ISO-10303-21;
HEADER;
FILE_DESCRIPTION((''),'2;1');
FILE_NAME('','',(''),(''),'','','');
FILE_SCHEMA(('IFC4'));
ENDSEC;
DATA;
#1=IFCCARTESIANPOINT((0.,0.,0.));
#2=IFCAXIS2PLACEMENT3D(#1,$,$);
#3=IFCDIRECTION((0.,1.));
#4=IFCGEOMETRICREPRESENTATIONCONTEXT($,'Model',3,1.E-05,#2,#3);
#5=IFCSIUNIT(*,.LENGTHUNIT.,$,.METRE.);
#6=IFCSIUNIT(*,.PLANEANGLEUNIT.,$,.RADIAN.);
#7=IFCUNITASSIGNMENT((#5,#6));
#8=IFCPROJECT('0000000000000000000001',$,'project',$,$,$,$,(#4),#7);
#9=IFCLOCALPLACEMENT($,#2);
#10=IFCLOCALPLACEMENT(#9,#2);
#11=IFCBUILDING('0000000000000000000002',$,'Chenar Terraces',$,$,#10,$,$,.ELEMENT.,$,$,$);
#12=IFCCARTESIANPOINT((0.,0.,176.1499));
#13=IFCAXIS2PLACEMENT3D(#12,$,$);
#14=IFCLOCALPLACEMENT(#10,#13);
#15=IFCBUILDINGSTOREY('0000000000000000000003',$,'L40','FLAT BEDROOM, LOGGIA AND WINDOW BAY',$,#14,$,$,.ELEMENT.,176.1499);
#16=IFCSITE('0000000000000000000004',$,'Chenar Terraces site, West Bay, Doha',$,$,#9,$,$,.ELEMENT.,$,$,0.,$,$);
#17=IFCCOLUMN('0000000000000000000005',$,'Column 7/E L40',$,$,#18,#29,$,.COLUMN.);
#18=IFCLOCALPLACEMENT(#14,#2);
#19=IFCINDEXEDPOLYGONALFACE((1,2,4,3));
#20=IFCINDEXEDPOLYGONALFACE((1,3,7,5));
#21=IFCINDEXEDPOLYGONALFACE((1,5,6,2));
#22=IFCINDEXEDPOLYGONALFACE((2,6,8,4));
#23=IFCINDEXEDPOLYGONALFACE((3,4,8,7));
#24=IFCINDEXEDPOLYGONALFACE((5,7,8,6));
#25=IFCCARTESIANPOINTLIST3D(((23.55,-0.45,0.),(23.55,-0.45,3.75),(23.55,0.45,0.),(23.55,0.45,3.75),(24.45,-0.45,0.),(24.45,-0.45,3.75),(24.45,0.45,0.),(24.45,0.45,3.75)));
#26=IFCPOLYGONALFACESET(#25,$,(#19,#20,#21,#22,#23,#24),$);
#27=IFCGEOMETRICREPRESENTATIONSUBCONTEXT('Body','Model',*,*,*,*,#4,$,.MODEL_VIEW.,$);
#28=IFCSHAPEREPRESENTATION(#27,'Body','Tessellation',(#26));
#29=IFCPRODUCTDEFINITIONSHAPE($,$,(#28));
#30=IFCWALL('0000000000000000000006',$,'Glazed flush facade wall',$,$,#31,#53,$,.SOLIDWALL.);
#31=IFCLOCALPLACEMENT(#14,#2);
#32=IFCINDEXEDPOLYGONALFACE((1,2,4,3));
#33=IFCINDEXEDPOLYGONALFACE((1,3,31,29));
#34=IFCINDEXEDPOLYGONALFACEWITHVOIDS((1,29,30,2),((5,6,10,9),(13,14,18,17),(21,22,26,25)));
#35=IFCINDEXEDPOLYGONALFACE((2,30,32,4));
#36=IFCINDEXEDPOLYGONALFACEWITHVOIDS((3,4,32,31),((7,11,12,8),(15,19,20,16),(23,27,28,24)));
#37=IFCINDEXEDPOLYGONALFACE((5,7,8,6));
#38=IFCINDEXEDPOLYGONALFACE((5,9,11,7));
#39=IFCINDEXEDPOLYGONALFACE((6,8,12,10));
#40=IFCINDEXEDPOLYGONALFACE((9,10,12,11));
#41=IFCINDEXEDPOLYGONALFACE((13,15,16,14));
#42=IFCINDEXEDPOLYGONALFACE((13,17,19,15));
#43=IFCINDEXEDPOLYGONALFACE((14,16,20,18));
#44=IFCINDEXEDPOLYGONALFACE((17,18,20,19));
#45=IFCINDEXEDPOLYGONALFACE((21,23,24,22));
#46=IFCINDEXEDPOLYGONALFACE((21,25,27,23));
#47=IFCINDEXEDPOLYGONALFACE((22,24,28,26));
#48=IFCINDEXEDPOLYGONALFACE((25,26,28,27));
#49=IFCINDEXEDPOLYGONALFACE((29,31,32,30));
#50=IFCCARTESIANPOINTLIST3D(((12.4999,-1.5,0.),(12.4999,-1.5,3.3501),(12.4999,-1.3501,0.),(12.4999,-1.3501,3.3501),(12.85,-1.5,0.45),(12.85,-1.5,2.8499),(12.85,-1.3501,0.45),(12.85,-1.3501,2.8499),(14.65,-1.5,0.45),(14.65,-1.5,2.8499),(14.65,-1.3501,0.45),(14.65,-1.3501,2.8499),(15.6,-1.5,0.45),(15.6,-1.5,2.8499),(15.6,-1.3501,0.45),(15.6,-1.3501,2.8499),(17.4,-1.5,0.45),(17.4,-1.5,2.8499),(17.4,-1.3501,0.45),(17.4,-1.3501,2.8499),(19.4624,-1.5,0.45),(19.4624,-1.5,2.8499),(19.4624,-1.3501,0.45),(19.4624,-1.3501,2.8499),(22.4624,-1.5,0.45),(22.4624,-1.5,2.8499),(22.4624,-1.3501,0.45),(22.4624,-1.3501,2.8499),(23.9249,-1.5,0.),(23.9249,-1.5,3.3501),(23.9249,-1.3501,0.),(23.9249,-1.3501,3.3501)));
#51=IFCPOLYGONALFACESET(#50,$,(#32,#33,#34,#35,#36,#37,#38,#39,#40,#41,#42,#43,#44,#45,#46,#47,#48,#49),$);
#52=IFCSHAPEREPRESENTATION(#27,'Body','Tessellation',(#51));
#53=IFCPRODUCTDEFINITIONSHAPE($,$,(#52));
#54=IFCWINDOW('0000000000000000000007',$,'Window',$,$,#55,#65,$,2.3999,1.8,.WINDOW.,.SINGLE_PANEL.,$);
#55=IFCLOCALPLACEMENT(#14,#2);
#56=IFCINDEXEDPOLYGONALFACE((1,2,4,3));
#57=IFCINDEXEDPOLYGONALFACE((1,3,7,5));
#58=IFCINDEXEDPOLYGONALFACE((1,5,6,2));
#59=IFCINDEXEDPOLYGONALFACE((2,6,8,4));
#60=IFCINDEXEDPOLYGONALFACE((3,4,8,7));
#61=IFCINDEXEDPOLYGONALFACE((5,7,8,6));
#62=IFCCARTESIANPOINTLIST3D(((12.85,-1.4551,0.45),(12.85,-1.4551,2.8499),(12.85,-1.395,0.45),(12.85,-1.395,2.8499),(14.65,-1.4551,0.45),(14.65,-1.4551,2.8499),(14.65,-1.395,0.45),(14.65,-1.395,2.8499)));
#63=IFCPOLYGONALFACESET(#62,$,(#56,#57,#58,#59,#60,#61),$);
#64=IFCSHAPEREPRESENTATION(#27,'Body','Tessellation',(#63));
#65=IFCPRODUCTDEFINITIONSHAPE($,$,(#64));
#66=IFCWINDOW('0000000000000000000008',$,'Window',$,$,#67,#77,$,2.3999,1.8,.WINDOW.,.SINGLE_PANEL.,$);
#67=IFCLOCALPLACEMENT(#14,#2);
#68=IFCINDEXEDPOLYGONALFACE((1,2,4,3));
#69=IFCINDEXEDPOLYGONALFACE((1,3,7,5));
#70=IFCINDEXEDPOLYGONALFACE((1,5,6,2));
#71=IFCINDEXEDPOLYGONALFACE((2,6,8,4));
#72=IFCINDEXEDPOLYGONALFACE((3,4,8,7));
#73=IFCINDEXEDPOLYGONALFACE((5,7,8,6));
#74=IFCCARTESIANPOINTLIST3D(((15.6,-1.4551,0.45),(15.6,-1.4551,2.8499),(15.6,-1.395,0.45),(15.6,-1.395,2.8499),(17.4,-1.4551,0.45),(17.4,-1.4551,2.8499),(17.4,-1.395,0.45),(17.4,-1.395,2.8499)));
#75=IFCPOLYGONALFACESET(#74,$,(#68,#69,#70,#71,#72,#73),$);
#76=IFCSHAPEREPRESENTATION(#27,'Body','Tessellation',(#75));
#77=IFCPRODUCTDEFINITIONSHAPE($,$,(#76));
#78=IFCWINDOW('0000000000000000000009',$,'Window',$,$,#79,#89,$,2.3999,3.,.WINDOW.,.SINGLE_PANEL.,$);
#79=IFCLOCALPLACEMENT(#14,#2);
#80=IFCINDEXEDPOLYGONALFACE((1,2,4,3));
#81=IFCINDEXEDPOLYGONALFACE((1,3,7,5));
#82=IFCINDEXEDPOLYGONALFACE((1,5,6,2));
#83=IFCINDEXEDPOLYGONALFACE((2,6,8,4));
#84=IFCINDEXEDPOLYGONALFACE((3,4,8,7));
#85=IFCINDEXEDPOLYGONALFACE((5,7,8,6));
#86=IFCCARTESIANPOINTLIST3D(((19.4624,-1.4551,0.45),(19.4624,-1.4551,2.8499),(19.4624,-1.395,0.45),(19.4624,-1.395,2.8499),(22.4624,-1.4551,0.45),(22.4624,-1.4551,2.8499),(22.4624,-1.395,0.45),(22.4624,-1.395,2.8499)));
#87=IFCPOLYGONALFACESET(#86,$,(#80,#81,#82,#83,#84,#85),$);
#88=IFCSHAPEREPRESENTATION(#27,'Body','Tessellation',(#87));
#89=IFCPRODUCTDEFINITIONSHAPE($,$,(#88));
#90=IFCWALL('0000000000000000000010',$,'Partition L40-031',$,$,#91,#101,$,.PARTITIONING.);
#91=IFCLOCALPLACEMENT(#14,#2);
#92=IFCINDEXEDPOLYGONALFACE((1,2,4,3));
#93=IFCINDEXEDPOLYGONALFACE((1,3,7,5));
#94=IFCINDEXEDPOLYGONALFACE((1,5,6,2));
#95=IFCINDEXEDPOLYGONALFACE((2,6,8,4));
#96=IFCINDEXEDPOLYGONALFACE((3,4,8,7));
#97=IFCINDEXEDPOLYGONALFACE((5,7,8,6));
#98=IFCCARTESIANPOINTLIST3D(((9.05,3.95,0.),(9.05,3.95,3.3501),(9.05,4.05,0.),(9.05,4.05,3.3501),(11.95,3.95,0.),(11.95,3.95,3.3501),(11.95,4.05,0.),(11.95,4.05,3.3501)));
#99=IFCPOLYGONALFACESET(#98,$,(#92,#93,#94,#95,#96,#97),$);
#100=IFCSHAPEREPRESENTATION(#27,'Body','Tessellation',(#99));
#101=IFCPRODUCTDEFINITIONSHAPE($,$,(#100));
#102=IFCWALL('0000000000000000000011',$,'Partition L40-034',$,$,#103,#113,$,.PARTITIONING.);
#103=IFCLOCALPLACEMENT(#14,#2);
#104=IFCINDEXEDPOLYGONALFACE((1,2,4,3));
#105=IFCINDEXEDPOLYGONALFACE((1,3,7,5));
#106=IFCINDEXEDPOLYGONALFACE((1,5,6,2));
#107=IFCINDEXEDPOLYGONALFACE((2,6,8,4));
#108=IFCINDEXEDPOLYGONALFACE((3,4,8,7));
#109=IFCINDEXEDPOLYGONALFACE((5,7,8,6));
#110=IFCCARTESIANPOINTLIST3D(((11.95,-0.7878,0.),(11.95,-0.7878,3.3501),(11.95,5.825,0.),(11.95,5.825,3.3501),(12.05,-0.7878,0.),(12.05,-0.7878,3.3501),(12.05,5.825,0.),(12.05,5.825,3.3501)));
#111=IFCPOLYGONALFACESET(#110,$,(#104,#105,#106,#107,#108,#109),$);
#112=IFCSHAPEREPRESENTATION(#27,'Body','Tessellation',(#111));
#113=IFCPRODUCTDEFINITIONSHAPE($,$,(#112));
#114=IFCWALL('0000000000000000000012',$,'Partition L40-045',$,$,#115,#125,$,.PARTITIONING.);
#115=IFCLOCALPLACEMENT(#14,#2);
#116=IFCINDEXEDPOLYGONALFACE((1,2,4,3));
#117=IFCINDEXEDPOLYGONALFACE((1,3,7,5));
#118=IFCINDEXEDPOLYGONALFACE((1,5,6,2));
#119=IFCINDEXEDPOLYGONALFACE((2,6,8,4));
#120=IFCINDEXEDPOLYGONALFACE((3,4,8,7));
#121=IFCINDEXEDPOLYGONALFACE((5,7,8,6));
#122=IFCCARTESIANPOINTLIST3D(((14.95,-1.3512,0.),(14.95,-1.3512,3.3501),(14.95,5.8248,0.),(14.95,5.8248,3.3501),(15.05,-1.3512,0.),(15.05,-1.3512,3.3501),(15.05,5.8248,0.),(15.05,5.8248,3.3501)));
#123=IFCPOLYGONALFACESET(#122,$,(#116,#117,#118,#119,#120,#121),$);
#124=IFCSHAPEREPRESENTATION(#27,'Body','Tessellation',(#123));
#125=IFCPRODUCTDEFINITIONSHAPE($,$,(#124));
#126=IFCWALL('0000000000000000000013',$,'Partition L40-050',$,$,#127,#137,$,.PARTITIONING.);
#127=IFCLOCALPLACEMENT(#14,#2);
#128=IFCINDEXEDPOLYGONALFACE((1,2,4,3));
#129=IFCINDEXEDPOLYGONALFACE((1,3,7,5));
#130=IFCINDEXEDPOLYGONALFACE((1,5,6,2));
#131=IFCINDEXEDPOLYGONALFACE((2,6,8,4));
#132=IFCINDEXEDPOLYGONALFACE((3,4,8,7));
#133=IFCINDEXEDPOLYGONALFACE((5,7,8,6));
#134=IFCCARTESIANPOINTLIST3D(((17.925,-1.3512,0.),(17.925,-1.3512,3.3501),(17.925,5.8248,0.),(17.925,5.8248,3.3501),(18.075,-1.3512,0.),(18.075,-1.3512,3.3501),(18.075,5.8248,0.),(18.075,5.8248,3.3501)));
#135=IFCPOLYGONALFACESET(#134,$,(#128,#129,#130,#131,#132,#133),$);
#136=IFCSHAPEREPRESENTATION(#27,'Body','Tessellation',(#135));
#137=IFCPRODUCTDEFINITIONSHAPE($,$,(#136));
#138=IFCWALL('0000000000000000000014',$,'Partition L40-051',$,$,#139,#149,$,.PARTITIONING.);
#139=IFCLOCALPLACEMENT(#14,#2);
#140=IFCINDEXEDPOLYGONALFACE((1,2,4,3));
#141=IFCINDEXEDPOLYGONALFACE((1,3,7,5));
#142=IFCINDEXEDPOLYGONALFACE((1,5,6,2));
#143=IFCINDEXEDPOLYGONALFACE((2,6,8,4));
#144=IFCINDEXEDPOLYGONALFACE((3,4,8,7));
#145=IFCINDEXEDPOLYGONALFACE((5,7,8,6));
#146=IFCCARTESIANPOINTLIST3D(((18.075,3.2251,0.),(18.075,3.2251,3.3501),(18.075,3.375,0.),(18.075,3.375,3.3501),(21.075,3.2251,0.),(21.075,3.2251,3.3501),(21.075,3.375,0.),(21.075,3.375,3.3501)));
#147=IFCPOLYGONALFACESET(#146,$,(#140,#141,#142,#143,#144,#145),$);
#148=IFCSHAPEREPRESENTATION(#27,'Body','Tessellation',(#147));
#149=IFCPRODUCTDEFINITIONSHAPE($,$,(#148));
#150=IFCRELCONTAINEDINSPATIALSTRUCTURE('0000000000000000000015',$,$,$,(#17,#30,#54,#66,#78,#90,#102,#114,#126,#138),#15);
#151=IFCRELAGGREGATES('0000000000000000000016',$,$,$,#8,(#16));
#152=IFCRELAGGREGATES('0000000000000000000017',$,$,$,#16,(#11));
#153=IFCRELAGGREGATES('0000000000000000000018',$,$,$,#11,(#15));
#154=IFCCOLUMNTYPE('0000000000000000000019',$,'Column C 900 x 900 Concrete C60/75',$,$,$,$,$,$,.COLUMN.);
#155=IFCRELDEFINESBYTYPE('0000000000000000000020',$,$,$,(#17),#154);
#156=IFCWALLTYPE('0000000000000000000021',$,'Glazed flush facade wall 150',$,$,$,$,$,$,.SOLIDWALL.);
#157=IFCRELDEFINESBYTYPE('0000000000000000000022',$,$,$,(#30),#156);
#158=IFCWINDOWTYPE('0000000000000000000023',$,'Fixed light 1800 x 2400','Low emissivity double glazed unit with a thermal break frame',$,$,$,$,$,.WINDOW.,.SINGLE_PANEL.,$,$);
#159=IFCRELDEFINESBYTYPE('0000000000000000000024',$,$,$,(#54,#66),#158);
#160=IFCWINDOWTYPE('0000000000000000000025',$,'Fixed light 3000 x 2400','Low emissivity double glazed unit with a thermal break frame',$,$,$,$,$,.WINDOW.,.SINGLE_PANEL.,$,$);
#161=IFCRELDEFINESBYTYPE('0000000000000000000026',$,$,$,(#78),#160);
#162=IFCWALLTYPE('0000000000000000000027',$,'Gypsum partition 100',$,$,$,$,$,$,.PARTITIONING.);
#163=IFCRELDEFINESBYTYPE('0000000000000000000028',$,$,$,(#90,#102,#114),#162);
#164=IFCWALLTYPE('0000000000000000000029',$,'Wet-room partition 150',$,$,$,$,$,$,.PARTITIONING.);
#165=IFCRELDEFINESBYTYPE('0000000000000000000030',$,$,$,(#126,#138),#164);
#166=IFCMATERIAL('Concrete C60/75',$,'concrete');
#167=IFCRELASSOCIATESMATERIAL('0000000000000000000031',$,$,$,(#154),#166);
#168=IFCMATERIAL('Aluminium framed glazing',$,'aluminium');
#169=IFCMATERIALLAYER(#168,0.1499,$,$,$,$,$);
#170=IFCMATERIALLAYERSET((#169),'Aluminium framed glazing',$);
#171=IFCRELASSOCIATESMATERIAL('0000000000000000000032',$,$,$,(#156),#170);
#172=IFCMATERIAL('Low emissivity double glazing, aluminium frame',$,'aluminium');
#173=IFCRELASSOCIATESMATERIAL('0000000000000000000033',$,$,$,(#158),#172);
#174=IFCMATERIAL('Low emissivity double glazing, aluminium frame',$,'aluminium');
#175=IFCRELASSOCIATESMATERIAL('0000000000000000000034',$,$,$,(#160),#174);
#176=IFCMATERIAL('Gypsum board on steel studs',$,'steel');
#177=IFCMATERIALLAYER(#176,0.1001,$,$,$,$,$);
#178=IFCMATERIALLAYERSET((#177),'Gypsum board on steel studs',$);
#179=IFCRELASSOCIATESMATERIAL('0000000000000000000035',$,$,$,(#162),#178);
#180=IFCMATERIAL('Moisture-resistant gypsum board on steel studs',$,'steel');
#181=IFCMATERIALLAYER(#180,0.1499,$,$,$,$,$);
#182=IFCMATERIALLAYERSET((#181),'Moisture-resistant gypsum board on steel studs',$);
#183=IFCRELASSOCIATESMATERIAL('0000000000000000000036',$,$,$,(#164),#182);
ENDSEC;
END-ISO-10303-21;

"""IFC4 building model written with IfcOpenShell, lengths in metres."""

from ifc_helpers import new_model, si_unit, direction, frame, frame_2d, origin, origin_2d, place, context, subcontext, project, spatial, rectangle, extrude, material, layer, layer_set, material_profile, profile_set, type_object, element, fill, save


model = new_model("IFC4")

# Units and contexts
model_context = context("Model", 3, precision=1e-05, world=origin(), true_north=direction((0.0, 1.0)))
body_context = subcontext(model_context, "Body", "Model", "MODEL_VIEW")
ifc_project = project(units=[si_unit("LENGTHUNIT", "METRE"), si_unit("PLANEANGLEUNIT", "RADIAN")], contexts=[model_context])

# Site, building, storey
site_placement = place(None, origin())
site = spatial("IfcSite", under=ifc_project, at=site_placement, Name="Chenar Terraces site, West Bay, Doha", CompositionType="ELEMENT", RefElevation=0.0)
building_placement = place(site_placement, origin())
building = spatial("IfcBuilding", under=site, at=building_placement, Name="Chenar Terraces", CompositionType="ELEMENT")
storey_placement = place(building_placement, frame((0.0, 0.0, 176.1499)))
storey = spatial("IfcBuildingStorey", under=building, at=storey_placement, Name="L40", Description="FLAT BEDROOM, LOGGIA AND WINDOW BAY", CompositionType="ELEMENT", Elevation=176.1499)

# Column
ifc_material_1 = material(Name="Concrete C60/75", Category="concrete")
ifc_material_profile = material_profile(ifc_material_1, rectangle(XDim=0.8999, YDim=0.8999, at=origin_2d()), Name="C 900 x 900")
ifc_profile_set = profile_set([ifc_material_profile], Name="Concrete C60/75")
column_type = type_object("IfcColumnType", Name="Column C 900 x 900 Concrete C60/75", PredefinedType="COLUMN", material=ifc_profile_set)
column_placement = place(storey_placement, frame((24.0, 0.0, 0.0), z_axis=(0.0, 0.0, 1.0), x_axis=(1.0, 0.0, 0.0)))
element("IfcColumn", 1, at=column_placement, inside=storey, type_object=column_type, Name="Column 7/E L40", PredefinedType="COLUMN", context=body_context, shape_type="SweptSolid", body=[
    extrude(rectangle(XDim=0.8999, YDim=0.8999, at=origin_2d()), origin(), (0.0, 0.0, 1.0), 3.75),
])

# Wall, openings, windows
ifc_material_2 = material(Name="Aluminium framed glazing", Category="aluminium")
ifc_layer_1 = layer(ifc_material_2, 0.1499)
ifc_layer_set_1 = layer_set([ifc_layer_1], Name="Aluminium framed glazing")
wall_type_1 = type_object("IfcWallType", Name="Glazed flush facade wall 150", PredefinedType="SOLIDWALL", material=ifc_layer_set_1)
wall_1_placement = place(storey_placement, frame((12.5, -1.425, 0.0), z_axis=(0.0, 0.0, 1.0), x_axis=(1.0, 0.0, 0.0)))
wall_1 = element("IfcWall", 2, at=wall_1_placement, inside=storey, type_object=wall_type_1, Name="Glazed flush facade wall", PredefinedType="SOLIDWALL", context=body_context, shape_type="SweptSolid", body=[
    extrude(rectangle(XDim=11.425, YDim=0.1499, at=frame_2d((5.7124, 0.0))), origin(), (0.0, 0.0, 1.0), 3.3501),
])
opening_1_placement = place(wall_1_placement, frame((0.3501, 0.0, 0.45)))
opening_1 = element("IfcOpeningElement", 3, at=opening_1_placement, cuts=wall_1, PredefinedType="OPENING", context=body_context, shape_type="SweptSolid", body=[
    extrude(rectangle(XDim=1.8, YDim=2.3999, at=frame_2d((0.8999, 1.2))), frame((0.0, 0.085, 0.0), z_axis=(0.0, -1.0, 0.0), x_axis=(1.0, 0.0, 0.0)), (0.0, 0.0, 1.0), 0.1699),
])
opening_2_placement = place(wall_1_placement, frame((3.1001, 0.0, 0.45)))
opening_2 = element("IfcOpeningElement", 4, at=opening_2_placement, cuts=wall_1, PredefinedType="OPENING", context=body_context, shape_type="SweptSolid", body=[
    extrude(rectangle(XDim=1.8, YDim=2.3999, at=frame_2d((0.8999, 1.2))), frame((0.0, 0.085, 0.0), z_axis=(0.0, -1.0, 0.0), x_axis=(1.0, 0.0, 0.0)), (0.0, 0.0, 1.0), 0.1699),
])
opening_3_placement = place(wall_1_placement, frame((6.9624, 0.0, 0.45)))
opening_3 = element("IfcOpeningElement", 5, at=opening_3_placement, cuts=wall_1, PredefinedType="OPENING", context=body_context, shape_type="SweptSolid", body=[
    extrude(rectangle(XDim=3.0, YDim=2.3999, at=frame_2d((1.5, 1.2))), frame((0.0, 0.085, 0.0), z_axis=(0.0, -1.0, 0.0), x_axis=(1.0, 0.0, 0.0)), (0.0, 0.0, 1.0), 0.1699),
])
ifc_material_3 = material(Name="Low emissivity double glazing, aluminium frame", Category="aluminium")
window_type_1 = type_object("IfcWindowType", Name="Fixed light 1800 x 2400", Description="Low emissivity double glazed unit with a thermal break frame", PartitioningType="SINGLE_PANEL", PredefinedType="WINDOW", material=ifc_material_3)
window_1_placement = place(opening_1_placement, origin())
window_1 = element("IfcWindow", 6, at=window_1_placement, inside=storey, type_object=window_type_1, Name="Window", OverallHeight=2.3999, OverallWidth=1.8, PartitioningType="SINGLE_PANEL", PredefinedType="WINDOW", context=body_context, shape_type="SweptSolid", body=[
    extrude(rectangle(XDim=1.8, YDim=2.3999, at=frame_2d((0.8999, 1.2))), frame((0.0, 0.03, 0.0), z_axis=(0.0, -1.0, 0.0), x_axis=(1.0, 0.0, 0.0)), (0.0, 0.0, 1.0), 0.0601),
])
fill(opening_1, window_1)
window_2_placement = place(opening_2_placement, origin())
window_2 = element("IfcWindow", 7, at=window_2_placement, inside=storey, type_object=window_type_1, Name="Window", OverallHeight=2.3999, OverallWidth=1.8, PartitioningType="SINGLE_PANEL", PredefinedType="WINDOW", context=body_context, shape_type="SweptSolid", body=[
    extrude(rectangle(XDim=1.8, YDim=2.3999, at=frame_2d((0.8999, 1.2))), frame((0.0, 0.03, 0.0), z_axis=(0.0, -1.0, 0.0), x_axis=(1.0, 0.0, 0.0)), (0.0, 0.0, 1.0), 0.0601),
])
fill(opening_2, window_2)
ifc_material_4 = material(Name="Low emissivity double glazing, aluminium frame", Category="aluminium")
window_type_2 = type_object("IfcWindowType", Name="Fixed light 3000 x 2400", Description="Low emissivity double glazed unit with a thermal break frame", PartitioningType="SINGLE_PANEL", PredefinedType="WINDOW", material=ifc_material_4)
window_3_placement = place(opening_3_placement, origin())
window_3 = element("IfcWindow", 8, at=window_3_placement, inside=storey, type_object=window_type_2, Name="Window", OverallHeight=2.3999, OverallWidth=3.0, PartitioningType="SINGLE_PANEL", PredefinedType="WINDOW", context=body_context, shape_type="SweptSolid", body=[
    extrude(rectangle(XDim=3.0, YDim=2.3999, at=frame_2d((1.5, 1.2))), frame((0.0, 0.03, 0.0), z_axis=(0.0, -1.0, 0.0), x_axis=(1.0, 0.0, 0.0)), (0.0, 0.0, 1.0), 0.0601),
])
fill(opening_3, window_3)

# Walls
ifc_material_5 = material(Name="Gypsum board on steel studs", Category="steel")
ifc_layer_2 = layer(ifc_material_5, 0.1001)
ifc_layer_set_2 = layer_set([ifc_layer_2], Name="Gypsum board on steel studs")
wall_type_2 = type_object("IfcWallType", Name="Gypsum partition 100", PredefinedType="PARTITIONING", material=ifc_layer_set_2)
wall_2_placement = place(storey_placement, frame((9.05, 4.0, 0.0), z_axis=(0.0, 0.0, 1.0), x_axis=(1.0, 0.0, 0.0)))
element("IfcWall", 9, at=wall_2_placement, inside=storey, type_object=wall_type_2, Name="Partition L40-031", PredefinedType="PARTITIONING", context=body_context, shape_type="SweptSolid", body=[
    extrude(rectangle(XDim=2.8999, YDim=0.1001, at=frame_2d((1.45, 0.0))), origin(), (0.0, 0.0, 1.0), 3.3501),
])
wall_3_placement = place(storey_placement, frame((12.0, -0.7878, 0.0), z_axis=(0.0, 0.0, 1.0), x_axis=(0.0, 1.0, 0.0)))
element("IfcWall", 10, at=wall_3_placement, inside=storey, type_object=wall_type_2, Name="Partition L40-034", PredefinedType="PARTITIONING", context=body_context, shape_type="SweptSolid", body=[
    extrude(rectangle(XDim=6.6128, YDim=0.1001, at=frame_2d((3.3064, 0.0))), origin(), (0.0, 0.0, 1.0), 3.3501),
])
wall_4_placement = place(storey_placement, frame((15.0, -1.3511, 0.0), z_axis=(0.0, 0.0, 1.0), x_axis=(0.0, 1.0, 0.0)))
element("IfcWall", 11, at=wall_4_placement, inside=storey, type_object=wall_type_2, Name="Partition L40-045", PredefinedType="PARTITIONING", context=body_context, shape_type="SweptSolid", body=[
    extrude(rectangle(XDim=7.176, YDim=0.1001, at=frame_2d((3.5879, 0.0))), origin(), (0.0, 0.0, 1.0), 3.3501),
])
ifc_material_6 = material(Name="Moisture-resistant gypsum board on steel studs", Category="steel")
ifc_layer_3 = layer(ifc_material_6, 0.1499)
ifc_layer_set_3 = layer_set([ifc_layer_3], Name="Moisture-resistant gypsum board on steel studs")
wall_type_3 = type_object("IfcWallType", Name="Wet-room partition 150", PredefinedType="PARTITIONING", material=ifc_layer_set_3)
wall_5_placement = place(storey_placement, frame((18.0, -1.3511, 0.0), z_axis=(0.0, 0.0, 1.0), x_axis=(0.0, 1.0, 0.0)))
element("IfcWall", 12, at=wall_5_placement, inside=storey, type_object=wall_type_3, Name="Partition L40-050", PredefinedType="PARTITIONING", context=body_context, shape_type="SweptSolid", body=[
    extrude(rectangle(XDim=7.176, YDim=0.1499, at=frame_2d((3.5879, 0.0))), origin(), (0.0, 0.0, 1.0), 3.3501),
])
wall_6_placement = place(storey_placement, frame((18.075, 3.3, 0.0), z_axis=(0.0, 0.0, 1.0), x_axis=(1.0, 0.0, 0.0)))
element("IfcWall", 13, at=wall_6_placement, inside=storey, type_object=wall_type_3, Name="Partition L40-051", PredefinedType="PARTITIONING", context=body_context, shape_type="SweptSolid", body=[
    extrude(rectangle(XDim=3.0, YDim=0.1499, at=frame_2d((1.5, 0.0))), origin(), (0.0, 0.0, 1.0), 3.3501),
])

save(model, "model.ifc")
